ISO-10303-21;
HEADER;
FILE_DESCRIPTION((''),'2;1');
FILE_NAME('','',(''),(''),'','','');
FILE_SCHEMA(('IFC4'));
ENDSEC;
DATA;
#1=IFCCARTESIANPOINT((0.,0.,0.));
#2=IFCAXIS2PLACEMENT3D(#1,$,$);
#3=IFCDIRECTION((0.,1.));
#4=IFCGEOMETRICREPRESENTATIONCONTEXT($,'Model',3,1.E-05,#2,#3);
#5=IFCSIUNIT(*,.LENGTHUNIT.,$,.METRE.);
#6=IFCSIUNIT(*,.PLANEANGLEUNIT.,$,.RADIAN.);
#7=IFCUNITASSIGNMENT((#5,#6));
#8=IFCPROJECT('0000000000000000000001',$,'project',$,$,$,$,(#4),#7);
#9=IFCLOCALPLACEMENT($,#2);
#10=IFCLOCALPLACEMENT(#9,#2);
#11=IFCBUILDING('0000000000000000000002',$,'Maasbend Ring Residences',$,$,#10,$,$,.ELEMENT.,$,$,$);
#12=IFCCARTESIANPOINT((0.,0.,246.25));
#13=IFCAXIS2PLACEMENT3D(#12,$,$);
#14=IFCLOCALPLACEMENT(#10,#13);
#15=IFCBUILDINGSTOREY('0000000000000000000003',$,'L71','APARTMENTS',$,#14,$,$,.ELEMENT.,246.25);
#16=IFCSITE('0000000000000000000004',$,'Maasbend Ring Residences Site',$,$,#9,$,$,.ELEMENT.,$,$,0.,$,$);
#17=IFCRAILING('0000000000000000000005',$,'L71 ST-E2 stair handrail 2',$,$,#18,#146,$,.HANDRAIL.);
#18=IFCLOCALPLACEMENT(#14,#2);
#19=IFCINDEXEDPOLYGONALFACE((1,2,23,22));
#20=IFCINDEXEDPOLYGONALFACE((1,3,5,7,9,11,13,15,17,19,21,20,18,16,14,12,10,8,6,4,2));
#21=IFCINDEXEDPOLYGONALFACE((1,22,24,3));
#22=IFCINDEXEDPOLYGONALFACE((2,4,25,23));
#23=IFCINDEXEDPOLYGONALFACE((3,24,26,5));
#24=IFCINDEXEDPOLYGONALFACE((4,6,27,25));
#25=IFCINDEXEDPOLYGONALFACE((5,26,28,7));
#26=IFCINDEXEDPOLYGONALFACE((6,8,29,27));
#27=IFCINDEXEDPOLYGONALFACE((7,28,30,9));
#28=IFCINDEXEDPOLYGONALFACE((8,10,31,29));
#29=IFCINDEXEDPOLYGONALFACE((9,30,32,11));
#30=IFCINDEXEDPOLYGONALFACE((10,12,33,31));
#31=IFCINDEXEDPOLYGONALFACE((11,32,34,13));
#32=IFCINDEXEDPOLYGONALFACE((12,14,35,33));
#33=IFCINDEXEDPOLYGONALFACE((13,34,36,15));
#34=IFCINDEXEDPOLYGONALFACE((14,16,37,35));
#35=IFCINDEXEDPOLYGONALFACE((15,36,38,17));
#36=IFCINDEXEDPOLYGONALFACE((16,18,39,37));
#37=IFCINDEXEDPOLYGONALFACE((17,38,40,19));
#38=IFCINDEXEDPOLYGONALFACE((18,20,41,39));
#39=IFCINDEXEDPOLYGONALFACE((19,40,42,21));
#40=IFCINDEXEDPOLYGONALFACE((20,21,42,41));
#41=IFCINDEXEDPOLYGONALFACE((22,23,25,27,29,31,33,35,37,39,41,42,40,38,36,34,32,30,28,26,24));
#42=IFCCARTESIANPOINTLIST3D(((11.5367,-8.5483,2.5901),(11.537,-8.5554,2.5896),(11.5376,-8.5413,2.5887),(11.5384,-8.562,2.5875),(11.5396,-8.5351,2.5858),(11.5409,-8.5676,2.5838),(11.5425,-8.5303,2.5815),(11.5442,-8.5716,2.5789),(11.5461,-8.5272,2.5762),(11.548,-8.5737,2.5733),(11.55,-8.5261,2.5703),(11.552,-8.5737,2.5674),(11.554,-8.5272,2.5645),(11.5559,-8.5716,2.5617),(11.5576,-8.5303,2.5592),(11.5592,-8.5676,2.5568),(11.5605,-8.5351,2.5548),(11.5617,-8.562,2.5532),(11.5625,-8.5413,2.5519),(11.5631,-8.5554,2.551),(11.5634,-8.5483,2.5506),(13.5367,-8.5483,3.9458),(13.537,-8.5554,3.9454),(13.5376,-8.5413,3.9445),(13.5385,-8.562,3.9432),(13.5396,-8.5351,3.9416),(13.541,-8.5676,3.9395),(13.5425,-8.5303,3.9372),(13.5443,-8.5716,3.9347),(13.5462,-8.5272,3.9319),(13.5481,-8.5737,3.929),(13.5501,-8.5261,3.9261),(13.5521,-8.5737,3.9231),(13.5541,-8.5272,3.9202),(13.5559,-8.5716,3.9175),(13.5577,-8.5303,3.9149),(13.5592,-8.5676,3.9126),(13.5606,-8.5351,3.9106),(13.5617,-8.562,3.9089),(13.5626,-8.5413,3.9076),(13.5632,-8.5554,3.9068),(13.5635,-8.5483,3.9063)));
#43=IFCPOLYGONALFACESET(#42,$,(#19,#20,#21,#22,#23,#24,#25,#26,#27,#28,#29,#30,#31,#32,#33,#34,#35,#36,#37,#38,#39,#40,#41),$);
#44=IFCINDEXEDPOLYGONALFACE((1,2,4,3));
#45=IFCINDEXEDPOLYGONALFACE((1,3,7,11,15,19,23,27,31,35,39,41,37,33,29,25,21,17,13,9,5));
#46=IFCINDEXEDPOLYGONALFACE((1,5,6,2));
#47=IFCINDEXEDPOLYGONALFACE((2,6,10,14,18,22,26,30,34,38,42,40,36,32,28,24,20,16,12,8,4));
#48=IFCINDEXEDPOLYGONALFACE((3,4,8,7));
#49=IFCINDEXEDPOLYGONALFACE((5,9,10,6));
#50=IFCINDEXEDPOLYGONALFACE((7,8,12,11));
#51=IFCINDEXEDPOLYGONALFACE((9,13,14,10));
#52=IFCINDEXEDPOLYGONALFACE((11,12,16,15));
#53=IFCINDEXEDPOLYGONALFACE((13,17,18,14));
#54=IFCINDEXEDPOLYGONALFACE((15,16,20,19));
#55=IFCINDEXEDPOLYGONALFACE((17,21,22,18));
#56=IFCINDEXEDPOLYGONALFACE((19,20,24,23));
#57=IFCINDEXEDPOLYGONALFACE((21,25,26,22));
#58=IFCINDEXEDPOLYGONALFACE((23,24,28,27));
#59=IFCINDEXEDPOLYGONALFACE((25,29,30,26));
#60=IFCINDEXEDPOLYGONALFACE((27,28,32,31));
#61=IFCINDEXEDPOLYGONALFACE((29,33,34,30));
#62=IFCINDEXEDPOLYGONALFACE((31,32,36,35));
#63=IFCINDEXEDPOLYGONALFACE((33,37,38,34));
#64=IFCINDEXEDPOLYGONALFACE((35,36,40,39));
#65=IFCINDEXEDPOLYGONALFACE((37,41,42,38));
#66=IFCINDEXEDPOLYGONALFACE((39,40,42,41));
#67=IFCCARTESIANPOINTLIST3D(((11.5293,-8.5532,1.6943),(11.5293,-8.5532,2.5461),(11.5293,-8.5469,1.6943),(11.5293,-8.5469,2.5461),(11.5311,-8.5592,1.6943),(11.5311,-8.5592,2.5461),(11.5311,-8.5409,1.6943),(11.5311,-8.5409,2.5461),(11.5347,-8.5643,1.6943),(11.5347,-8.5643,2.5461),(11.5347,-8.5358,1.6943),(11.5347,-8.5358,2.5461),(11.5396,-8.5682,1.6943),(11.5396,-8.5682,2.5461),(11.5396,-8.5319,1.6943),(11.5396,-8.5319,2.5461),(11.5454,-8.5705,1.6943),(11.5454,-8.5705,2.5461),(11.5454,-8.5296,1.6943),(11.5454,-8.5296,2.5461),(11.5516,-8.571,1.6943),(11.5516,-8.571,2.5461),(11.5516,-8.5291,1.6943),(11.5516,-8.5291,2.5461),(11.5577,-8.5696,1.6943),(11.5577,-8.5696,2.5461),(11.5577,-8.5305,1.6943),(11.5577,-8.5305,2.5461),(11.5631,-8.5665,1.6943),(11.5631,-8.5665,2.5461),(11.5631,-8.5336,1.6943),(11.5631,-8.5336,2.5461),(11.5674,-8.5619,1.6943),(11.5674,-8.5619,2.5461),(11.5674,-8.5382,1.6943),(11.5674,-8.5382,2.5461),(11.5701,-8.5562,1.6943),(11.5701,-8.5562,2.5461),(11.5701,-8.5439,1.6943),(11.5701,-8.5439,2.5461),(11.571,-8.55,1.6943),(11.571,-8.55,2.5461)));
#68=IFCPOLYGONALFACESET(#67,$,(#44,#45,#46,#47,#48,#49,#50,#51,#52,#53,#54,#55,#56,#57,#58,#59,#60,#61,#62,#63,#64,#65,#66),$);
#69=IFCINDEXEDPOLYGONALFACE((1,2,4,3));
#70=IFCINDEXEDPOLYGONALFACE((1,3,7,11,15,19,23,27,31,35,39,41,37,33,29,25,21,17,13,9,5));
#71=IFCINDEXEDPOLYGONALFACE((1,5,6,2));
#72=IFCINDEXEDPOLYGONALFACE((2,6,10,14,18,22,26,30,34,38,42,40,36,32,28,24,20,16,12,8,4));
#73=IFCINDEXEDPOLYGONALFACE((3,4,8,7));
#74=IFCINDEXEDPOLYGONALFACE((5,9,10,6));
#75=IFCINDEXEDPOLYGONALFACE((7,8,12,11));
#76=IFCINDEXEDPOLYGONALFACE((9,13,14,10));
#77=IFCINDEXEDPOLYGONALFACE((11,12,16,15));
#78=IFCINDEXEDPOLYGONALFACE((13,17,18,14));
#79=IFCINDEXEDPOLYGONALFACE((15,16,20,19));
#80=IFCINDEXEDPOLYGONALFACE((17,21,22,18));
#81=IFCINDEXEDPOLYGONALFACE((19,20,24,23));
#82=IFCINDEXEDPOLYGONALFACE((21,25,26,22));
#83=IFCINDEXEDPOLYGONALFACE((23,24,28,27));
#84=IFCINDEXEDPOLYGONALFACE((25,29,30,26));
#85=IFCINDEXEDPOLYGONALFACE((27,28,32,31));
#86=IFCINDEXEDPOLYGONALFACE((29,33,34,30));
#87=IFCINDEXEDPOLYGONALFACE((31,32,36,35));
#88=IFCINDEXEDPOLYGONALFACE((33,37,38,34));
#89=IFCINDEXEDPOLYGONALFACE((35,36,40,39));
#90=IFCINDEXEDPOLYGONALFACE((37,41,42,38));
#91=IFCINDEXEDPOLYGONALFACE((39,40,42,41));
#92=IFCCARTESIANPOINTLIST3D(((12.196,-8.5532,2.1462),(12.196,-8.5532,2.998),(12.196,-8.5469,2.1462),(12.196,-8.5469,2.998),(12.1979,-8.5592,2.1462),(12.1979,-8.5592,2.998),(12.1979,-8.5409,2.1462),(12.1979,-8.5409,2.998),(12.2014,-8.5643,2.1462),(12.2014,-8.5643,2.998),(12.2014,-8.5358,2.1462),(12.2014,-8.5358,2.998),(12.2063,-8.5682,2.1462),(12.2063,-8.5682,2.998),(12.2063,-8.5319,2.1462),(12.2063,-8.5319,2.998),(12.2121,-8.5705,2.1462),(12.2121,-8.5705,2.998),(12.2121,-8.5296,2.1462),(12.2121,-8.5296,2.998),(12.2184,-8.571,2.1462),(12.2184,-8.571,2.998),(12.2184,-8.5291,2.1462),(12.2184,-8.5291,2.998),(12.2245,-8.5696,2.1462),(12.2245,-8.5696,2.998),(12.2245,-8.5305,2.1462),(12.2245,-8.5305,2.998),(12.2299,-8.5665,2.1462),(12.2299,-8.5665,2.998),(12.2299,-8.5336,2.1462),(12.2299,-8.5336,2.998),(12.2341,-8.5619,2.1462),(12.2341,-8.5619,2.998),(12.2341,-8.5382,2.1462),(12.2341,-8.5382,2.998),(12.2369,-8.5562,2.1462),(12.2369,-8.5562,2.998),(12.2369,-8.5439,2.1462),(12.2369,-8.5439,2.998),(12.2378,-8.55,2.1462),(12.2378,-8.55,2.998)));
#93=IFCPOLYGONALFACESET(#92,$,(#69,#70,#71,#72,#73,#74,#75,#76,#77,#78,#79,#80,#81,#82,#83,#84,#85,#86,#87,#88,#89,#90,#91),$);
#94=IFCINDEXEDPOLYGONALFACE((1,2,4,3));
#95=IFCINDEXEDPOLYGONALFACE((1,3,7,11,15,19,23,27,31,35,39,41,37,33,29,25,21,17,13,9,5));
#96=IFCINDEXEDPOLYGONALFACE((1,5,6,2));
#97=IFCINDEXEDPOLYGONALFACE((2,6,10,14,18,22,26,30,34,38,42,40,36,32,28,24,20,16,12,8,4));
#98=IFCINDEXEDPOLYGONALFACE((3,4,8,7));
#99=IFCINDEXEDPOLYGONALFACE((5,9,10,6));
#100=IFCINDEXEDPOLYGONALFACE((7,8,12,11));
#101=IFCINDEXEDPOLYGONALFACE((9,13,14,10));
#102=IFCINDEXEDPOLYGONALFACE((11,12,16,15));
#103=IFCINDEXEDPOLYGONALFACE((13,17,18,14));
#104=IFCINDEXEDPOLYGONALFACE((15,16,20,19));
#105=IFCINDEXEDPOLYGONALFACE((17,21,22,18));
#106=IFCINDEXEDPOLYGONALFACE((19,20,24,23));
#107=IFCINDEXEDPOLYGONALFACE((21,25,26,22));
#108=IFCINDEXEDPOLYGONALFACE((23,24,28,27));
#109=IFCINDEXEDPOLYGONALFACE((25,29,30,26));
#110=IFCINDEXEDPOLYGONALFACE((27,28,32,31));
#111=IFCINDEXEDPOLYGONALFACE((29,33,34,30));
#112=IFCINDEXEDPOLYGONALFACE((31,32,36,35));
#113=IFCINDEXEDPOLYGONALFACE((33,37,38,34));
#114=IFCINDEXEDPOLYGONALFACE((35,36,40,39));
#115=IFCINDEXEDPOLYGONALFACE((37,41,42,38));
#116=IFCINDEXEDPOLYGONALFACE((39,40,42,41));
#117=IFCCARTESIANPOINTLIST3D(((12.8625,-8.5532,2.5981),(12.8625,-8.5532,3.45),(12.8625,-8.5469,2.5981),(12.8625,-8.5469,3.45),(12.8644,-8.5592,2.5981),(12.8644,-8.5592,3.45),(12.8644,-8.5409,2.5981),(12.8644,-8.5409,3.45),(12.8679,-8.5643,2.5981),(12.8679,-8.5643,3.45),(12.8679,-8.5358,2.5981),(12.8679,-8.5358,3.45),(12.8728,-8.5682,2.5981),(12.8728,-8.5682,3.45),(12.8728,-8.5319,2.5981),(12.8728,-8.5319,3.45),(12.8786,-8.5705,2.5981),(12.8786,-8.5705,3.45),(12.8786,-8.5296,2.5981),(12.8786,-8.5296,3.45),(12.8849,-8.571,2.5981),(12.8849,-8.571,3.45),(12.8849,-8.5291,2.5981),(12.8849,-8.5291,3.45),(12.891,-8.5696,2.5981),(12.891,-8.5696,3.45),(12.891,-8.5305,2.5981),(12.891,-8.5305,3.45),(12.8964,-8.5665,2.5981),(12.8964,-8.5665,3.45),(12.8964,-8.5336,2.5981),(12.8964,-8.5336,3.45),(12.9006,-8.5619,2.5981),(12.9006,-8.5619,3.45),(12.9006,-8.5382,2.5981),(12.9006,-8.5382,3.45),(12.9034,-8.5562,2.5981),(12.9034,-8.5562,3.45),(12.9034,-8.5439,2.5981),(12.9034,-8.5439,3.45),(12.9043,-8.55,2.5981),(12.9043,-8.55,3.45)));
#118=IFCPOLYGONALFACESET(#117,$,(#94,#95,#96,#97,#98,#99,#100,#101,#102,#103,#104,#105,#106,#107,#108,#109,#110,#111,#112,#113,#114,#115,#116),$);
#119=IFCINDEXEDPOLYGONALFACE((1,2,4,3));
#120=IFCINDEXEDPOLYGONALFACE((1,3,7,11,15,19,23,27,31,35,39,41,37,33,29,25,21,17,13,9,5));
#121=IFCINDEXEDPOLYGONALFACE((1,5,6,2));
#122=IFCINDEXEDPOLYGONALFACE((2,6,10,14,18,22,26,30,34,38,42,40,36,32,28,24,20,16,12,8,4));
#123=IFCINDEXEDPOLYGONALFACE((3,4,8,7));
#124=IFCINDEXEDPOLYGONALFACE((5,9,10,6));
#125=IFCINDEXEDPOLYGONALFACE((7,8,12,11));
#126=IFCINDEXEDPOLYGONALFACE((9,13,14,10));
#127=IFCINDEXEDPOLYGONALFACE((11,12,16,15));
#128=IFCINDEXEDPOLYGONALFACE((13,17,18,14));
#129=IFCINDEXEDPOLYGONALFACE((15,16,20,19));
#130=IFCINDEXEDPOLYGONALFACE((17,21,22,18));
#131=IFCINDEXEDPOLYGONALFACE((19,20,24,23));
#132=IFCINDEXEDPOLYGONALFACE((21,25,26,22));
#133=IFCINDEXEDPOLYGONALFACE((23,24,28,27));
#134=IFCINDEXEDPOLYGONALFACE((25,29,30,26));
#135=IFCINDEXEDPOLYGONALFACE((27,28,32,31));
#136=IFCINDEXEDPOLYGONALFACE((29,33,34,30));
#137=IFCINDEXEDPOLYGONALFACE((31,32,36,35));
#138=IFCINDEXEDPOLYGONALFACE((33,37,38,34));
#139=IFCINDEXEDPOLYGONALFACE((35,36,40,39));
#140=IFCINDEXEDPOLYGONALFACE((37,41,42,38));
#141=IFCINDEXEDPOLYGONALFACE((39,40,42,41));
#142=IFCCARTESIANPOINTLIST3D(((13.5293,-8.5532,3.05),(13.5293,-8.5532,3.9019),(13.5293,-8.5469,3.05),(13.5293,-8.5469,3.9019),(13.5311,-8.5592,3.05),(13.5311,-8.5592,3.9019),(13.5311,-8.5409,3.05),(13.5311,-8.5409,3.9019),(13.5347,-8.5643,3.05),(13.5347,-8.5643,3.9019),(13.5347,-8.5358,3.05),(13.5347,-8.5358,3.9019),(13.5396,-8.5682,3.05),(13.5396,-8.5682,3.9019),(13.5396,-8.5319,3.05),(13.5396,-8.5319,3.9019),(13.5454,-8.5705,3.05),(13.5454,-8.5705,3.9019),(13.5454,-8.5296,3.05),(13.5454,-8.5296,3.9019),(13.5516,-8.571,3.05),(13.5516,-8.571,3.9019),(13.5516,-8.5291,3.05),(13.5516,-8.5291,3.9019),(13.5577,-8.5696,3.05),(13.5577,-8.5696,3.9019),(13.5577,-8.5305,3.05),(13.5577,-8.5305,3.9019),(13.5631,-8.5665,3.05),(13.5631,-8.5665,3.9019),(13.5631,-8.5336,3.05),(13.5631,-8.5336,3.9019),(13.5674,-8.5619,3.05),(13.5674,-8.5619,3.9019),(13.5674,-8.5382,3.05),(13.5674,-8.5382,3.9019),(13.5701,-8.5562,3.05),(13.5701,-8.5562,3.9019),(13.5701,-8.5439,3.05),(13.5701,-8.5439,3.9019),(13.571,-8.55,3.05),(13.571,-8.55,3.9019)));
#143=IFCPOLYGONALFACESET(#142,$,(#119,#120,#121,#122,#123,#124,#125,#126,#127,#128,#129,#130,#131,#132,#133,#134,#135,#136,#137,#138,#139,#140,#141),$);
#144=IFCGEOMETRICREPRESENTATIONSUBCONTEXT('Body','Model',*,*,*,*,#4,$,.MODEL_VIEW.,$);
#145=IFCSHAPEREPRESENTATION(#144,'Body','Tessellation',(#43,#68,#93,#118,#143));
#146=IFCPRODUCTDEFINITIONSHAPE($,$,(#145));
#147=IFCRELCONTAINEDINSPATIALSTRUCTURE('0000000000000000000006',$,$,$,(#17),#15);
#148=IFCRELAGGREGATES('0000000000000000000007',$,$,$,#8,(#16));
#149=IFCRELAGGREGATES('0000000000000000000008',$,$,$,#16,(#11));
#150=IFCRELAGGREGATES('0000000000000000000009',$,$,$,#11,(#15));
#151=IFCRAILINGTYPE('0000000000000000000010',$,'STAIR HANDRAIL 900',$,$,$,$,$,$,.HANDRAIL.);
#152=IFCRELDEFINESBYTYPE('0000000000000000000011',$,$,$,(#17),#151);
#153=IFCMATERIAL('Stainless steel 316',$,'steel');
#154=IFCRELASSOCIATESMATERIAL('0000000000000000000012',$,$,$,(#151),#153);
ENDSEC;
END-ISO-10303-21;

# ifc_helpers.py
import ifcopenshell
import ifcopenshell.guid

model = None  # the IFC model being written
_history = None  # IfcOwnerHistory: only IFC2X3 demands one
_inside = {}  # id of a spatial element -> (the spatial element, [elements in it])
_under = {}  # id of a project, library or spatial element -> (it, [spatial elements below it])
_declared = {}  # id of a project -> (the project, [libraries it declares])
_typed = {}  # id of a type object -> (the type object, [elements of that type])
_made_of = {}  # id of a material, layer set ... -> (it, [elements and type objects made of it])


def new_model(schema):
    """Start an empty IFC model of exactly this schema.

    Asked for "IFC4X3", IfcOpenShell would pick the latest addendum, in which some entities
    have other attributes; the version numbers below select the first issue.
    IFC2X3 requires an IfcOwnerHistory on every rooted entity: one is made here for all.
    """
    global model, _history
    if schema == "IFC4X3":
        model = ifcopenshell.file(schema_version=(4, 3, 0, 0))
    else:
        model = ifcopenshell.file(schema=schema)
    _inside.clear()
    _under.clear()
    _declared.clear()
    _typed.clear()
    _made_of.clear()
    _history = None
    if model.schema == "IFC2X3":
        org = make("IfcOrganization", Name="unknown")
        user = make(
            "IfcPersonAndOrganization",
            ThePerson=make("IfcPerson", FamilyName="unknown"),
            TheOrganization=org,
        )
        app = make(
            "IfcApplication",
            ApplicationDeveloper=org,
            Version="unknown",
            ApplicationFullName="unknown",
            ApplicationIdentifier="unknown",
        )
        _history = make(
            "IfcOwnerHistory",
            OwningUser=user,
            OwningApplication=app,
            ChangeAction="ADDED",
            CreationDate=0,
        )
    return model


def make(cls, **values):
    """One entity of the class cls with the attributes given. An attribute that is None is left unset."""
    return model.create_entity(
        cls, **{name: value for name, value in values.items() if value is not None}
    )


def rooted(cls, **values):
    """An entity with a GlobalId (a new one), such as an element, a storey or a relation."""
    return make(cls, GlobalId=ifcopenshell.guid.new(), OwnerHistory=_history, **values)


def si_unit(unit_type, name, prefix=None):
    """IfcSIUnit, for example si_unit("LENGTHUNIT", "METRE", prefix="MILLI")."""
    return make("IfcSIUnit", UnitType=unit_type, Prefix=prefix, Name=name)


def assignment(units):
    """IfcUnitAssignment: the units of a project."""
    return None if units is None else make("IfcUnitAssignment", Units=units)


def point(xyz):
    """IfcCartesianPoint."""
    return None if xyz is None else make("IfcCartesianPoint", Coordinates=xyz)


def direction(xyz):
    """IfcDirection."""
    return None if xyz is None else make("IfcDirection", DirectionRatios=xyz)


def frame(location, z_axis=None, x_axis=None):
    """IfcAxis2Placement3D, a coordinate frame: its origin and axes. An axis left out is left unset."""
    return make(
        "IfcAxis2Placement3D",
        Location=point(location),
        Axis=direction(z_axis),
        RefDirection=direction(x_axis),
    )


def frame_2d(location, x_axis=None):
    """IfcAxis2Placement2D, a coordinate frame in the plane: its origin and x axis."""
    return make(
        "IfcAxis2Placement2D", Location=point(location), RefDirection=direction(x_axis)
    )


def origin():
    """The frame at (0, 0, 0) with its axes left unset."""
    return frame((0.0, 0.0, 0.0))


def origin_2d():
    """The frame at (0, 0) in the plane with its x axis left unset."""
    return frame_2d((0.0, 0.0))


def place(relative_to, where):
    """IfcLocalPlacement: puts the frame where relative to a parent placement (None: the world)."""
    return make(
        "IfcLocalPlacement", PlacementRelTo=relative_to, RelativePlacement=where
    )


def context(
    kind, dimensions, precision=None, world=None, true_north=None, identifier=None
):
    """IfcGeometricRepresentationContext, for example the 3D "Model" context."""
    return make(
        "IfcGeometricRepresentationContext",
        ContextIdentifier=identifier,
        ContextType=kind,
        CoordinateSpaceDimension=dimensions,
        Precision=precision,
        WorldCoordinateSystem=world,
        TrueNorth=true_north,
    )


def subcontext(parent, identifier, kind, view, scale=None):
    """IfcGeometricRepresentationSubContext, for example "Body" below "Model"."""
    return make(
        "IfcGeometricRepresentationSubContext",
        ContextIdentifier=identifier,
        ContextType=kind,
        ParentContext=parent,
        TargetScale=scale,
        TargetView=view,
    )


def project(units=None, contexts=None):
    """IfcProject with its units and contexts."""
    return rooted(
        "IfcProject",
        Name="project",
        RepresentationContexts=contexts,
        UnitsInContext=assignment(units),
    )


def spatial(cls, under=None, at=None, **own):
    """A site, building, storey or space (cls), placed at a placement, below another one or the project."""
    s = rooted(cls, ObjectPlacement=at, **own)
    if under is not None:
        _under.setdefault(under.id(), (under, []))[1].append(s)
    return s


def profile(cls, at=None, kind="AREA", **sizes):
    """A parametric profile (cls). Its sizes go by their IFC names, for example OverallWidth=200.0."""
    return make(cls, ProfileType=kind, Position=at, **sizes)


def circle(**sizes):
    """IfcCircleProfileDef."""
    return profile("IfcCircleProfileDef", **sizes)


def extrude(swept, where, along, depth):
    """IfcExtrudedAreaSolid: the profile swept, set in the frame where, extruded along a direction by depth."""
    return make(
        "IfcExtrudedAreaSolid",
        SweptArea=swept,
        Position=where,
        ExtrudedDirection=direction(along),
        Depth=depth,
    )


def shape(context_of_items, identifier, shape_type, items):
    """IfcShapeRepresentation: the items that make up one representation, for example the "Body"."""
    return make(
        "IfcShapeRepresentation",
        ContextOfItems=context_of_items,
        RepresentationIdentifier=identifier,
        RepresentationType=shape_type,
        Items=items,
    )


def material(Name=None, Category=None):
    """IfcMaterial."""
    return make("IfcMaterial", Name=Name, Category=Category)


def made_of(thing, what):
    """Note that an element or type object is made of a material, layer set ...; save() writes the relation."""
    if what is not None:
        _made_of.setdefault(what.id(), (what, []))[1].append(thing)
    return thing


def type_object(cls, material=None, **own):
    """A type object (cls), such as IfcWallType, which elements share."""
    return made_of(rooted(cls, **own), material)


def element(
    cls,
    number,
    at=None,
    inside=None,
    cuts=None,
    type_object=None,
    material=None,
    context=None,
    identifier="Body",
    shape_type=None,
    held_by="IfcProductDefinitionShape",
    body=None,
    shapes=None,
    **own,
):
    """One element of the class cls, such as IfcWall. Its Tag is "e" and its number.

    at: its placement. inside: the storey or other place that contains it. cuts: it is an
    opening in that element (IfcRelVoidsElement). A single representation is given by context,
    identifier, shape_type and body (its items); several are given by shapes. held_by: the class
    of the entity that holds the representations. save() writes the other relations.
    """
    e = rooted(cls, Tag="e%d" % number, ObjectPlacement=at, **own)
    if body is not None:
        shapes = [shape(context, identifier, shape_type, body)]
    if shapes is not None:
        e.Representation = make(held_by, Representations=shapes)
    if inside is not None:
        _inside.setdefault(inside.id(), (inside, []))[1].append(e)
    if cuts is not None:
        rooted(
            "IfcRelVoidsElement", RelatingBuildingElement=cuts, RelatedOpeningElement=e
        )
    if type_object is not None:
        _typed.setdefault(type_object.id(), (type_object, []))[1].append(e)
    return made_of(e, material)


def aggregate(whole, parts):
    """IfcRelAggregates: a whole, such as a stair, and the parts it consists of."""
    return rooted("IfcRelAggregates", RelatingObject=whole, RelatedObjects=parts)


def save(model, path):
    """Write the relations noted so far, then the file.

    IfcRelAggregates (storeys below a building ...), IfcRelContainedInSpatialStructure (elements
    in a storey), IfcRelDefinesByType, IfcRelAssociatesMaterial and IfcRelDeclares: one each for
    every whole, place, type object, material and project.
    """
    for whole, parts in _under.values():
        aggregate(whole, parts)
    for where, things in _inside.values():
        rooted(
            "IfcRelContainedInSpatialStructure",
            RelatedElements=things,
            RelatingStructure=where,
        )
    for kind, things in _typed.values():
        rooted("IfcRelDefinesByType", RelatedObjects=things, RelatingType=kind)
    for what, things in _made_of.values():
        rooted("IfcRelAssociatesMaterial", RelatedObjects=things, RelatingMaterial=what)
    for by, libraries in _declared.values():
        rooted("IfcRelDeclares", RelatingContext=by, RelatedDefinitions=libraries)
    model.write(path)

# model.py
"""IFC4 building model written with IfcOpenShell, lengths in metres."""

from ifc_helpers import new_model, si_unit, direction, frame, origin, origin_2d, place, context, subcontext, project, spatial, circle, extrude, material, type_object, element, save


model = new_model("IFC4")

# Units and contexts
model_context = context("Model", 3, precision=1e-05, world=origin(), true_north=direction((0.0, 1.0)))
body_context = subcontext(model_context, "Body", "Model", "MODEL_VIEW")
ifc_project = project(units=[si_unit("LENGTHUNIT", "METRE"), si_unit("PLANEANGLEUNIT", "RADIAN")], contexts=[model_context])

# Site, building, storey
site_placement = place(None, origin())
site = spatial("IfcSite", under=ifc_project, at=site_placement, Name="Maasbend Ring Residences Site", CompositionType="ELEMENT", RefElevation=0.0)
building_placement = place(site_placement, origin())
building = spatial("IfcBuilding", under=site, at=building_placement, Name="Maasbend Ring Residences", CompositionType="ELEMENT")
storey_placement = place(building_placement, frame((0.0, 0.0, 246.25)))
storey = spatial("IfcBuildingStorey", under=building, at=storey_placement, Name="L71", Description="APARTMENTS", CompositionType="ELEMENT", Elevation=246.25)

# Railing
ifc_material_1 = material(Name="Stainless steel 316", Category="steel")
railing_type_1 = type_object("IfcRailingType", Name="STAIR HANDRAIL 900", PredefinedType="HANDRAIL", material=ifc_material_1)
railing_1_placement = place(storey_placement, frame((11.55, -8.55, 1.6943)))
element("IfcRailing", 1, at=railing_1_placement, inside=storey, type_object=railing_type_1, Name="L71 ST-E2 stair handrail 2", PredefinedType="HANDRAIL", context=body_context, shape_type="SweptSolid", body=[
    extrude(circle(Radius=0.0239, at=origin_2d()), frame((0.0, 0.0, 0.876), z_axis=(0.827751, 0.0, 0.561096), x_axis=(0.0, 1.0, 0.0)), (0.0, 0.0, 1.0), 2.4163),
    extrude(circle(Radius=0.021, at=origin_2d()), origin(), (0.0, 0.0, 1.0), 0.8518),
    extrude(circle(Radius=0.021, at=origin_2d()), frame((0.6667, 0.0, 0.4519)), (0.0, 0.0, 1.0), 0.8518),
    extrude(circle(Radius=0.021, at=origin_2d()), frame((1.3333, 0.0, 0.9038)), (0.0, 0.0, 1.0), 0.8518),
    extrude(circle(Radius=0.021, at=origin_2d()), frame((2.0, 0.0, 1.3557)), (0.0, 0.0, 1.0), 0.8518),
])

save(model, "model.ifc")
